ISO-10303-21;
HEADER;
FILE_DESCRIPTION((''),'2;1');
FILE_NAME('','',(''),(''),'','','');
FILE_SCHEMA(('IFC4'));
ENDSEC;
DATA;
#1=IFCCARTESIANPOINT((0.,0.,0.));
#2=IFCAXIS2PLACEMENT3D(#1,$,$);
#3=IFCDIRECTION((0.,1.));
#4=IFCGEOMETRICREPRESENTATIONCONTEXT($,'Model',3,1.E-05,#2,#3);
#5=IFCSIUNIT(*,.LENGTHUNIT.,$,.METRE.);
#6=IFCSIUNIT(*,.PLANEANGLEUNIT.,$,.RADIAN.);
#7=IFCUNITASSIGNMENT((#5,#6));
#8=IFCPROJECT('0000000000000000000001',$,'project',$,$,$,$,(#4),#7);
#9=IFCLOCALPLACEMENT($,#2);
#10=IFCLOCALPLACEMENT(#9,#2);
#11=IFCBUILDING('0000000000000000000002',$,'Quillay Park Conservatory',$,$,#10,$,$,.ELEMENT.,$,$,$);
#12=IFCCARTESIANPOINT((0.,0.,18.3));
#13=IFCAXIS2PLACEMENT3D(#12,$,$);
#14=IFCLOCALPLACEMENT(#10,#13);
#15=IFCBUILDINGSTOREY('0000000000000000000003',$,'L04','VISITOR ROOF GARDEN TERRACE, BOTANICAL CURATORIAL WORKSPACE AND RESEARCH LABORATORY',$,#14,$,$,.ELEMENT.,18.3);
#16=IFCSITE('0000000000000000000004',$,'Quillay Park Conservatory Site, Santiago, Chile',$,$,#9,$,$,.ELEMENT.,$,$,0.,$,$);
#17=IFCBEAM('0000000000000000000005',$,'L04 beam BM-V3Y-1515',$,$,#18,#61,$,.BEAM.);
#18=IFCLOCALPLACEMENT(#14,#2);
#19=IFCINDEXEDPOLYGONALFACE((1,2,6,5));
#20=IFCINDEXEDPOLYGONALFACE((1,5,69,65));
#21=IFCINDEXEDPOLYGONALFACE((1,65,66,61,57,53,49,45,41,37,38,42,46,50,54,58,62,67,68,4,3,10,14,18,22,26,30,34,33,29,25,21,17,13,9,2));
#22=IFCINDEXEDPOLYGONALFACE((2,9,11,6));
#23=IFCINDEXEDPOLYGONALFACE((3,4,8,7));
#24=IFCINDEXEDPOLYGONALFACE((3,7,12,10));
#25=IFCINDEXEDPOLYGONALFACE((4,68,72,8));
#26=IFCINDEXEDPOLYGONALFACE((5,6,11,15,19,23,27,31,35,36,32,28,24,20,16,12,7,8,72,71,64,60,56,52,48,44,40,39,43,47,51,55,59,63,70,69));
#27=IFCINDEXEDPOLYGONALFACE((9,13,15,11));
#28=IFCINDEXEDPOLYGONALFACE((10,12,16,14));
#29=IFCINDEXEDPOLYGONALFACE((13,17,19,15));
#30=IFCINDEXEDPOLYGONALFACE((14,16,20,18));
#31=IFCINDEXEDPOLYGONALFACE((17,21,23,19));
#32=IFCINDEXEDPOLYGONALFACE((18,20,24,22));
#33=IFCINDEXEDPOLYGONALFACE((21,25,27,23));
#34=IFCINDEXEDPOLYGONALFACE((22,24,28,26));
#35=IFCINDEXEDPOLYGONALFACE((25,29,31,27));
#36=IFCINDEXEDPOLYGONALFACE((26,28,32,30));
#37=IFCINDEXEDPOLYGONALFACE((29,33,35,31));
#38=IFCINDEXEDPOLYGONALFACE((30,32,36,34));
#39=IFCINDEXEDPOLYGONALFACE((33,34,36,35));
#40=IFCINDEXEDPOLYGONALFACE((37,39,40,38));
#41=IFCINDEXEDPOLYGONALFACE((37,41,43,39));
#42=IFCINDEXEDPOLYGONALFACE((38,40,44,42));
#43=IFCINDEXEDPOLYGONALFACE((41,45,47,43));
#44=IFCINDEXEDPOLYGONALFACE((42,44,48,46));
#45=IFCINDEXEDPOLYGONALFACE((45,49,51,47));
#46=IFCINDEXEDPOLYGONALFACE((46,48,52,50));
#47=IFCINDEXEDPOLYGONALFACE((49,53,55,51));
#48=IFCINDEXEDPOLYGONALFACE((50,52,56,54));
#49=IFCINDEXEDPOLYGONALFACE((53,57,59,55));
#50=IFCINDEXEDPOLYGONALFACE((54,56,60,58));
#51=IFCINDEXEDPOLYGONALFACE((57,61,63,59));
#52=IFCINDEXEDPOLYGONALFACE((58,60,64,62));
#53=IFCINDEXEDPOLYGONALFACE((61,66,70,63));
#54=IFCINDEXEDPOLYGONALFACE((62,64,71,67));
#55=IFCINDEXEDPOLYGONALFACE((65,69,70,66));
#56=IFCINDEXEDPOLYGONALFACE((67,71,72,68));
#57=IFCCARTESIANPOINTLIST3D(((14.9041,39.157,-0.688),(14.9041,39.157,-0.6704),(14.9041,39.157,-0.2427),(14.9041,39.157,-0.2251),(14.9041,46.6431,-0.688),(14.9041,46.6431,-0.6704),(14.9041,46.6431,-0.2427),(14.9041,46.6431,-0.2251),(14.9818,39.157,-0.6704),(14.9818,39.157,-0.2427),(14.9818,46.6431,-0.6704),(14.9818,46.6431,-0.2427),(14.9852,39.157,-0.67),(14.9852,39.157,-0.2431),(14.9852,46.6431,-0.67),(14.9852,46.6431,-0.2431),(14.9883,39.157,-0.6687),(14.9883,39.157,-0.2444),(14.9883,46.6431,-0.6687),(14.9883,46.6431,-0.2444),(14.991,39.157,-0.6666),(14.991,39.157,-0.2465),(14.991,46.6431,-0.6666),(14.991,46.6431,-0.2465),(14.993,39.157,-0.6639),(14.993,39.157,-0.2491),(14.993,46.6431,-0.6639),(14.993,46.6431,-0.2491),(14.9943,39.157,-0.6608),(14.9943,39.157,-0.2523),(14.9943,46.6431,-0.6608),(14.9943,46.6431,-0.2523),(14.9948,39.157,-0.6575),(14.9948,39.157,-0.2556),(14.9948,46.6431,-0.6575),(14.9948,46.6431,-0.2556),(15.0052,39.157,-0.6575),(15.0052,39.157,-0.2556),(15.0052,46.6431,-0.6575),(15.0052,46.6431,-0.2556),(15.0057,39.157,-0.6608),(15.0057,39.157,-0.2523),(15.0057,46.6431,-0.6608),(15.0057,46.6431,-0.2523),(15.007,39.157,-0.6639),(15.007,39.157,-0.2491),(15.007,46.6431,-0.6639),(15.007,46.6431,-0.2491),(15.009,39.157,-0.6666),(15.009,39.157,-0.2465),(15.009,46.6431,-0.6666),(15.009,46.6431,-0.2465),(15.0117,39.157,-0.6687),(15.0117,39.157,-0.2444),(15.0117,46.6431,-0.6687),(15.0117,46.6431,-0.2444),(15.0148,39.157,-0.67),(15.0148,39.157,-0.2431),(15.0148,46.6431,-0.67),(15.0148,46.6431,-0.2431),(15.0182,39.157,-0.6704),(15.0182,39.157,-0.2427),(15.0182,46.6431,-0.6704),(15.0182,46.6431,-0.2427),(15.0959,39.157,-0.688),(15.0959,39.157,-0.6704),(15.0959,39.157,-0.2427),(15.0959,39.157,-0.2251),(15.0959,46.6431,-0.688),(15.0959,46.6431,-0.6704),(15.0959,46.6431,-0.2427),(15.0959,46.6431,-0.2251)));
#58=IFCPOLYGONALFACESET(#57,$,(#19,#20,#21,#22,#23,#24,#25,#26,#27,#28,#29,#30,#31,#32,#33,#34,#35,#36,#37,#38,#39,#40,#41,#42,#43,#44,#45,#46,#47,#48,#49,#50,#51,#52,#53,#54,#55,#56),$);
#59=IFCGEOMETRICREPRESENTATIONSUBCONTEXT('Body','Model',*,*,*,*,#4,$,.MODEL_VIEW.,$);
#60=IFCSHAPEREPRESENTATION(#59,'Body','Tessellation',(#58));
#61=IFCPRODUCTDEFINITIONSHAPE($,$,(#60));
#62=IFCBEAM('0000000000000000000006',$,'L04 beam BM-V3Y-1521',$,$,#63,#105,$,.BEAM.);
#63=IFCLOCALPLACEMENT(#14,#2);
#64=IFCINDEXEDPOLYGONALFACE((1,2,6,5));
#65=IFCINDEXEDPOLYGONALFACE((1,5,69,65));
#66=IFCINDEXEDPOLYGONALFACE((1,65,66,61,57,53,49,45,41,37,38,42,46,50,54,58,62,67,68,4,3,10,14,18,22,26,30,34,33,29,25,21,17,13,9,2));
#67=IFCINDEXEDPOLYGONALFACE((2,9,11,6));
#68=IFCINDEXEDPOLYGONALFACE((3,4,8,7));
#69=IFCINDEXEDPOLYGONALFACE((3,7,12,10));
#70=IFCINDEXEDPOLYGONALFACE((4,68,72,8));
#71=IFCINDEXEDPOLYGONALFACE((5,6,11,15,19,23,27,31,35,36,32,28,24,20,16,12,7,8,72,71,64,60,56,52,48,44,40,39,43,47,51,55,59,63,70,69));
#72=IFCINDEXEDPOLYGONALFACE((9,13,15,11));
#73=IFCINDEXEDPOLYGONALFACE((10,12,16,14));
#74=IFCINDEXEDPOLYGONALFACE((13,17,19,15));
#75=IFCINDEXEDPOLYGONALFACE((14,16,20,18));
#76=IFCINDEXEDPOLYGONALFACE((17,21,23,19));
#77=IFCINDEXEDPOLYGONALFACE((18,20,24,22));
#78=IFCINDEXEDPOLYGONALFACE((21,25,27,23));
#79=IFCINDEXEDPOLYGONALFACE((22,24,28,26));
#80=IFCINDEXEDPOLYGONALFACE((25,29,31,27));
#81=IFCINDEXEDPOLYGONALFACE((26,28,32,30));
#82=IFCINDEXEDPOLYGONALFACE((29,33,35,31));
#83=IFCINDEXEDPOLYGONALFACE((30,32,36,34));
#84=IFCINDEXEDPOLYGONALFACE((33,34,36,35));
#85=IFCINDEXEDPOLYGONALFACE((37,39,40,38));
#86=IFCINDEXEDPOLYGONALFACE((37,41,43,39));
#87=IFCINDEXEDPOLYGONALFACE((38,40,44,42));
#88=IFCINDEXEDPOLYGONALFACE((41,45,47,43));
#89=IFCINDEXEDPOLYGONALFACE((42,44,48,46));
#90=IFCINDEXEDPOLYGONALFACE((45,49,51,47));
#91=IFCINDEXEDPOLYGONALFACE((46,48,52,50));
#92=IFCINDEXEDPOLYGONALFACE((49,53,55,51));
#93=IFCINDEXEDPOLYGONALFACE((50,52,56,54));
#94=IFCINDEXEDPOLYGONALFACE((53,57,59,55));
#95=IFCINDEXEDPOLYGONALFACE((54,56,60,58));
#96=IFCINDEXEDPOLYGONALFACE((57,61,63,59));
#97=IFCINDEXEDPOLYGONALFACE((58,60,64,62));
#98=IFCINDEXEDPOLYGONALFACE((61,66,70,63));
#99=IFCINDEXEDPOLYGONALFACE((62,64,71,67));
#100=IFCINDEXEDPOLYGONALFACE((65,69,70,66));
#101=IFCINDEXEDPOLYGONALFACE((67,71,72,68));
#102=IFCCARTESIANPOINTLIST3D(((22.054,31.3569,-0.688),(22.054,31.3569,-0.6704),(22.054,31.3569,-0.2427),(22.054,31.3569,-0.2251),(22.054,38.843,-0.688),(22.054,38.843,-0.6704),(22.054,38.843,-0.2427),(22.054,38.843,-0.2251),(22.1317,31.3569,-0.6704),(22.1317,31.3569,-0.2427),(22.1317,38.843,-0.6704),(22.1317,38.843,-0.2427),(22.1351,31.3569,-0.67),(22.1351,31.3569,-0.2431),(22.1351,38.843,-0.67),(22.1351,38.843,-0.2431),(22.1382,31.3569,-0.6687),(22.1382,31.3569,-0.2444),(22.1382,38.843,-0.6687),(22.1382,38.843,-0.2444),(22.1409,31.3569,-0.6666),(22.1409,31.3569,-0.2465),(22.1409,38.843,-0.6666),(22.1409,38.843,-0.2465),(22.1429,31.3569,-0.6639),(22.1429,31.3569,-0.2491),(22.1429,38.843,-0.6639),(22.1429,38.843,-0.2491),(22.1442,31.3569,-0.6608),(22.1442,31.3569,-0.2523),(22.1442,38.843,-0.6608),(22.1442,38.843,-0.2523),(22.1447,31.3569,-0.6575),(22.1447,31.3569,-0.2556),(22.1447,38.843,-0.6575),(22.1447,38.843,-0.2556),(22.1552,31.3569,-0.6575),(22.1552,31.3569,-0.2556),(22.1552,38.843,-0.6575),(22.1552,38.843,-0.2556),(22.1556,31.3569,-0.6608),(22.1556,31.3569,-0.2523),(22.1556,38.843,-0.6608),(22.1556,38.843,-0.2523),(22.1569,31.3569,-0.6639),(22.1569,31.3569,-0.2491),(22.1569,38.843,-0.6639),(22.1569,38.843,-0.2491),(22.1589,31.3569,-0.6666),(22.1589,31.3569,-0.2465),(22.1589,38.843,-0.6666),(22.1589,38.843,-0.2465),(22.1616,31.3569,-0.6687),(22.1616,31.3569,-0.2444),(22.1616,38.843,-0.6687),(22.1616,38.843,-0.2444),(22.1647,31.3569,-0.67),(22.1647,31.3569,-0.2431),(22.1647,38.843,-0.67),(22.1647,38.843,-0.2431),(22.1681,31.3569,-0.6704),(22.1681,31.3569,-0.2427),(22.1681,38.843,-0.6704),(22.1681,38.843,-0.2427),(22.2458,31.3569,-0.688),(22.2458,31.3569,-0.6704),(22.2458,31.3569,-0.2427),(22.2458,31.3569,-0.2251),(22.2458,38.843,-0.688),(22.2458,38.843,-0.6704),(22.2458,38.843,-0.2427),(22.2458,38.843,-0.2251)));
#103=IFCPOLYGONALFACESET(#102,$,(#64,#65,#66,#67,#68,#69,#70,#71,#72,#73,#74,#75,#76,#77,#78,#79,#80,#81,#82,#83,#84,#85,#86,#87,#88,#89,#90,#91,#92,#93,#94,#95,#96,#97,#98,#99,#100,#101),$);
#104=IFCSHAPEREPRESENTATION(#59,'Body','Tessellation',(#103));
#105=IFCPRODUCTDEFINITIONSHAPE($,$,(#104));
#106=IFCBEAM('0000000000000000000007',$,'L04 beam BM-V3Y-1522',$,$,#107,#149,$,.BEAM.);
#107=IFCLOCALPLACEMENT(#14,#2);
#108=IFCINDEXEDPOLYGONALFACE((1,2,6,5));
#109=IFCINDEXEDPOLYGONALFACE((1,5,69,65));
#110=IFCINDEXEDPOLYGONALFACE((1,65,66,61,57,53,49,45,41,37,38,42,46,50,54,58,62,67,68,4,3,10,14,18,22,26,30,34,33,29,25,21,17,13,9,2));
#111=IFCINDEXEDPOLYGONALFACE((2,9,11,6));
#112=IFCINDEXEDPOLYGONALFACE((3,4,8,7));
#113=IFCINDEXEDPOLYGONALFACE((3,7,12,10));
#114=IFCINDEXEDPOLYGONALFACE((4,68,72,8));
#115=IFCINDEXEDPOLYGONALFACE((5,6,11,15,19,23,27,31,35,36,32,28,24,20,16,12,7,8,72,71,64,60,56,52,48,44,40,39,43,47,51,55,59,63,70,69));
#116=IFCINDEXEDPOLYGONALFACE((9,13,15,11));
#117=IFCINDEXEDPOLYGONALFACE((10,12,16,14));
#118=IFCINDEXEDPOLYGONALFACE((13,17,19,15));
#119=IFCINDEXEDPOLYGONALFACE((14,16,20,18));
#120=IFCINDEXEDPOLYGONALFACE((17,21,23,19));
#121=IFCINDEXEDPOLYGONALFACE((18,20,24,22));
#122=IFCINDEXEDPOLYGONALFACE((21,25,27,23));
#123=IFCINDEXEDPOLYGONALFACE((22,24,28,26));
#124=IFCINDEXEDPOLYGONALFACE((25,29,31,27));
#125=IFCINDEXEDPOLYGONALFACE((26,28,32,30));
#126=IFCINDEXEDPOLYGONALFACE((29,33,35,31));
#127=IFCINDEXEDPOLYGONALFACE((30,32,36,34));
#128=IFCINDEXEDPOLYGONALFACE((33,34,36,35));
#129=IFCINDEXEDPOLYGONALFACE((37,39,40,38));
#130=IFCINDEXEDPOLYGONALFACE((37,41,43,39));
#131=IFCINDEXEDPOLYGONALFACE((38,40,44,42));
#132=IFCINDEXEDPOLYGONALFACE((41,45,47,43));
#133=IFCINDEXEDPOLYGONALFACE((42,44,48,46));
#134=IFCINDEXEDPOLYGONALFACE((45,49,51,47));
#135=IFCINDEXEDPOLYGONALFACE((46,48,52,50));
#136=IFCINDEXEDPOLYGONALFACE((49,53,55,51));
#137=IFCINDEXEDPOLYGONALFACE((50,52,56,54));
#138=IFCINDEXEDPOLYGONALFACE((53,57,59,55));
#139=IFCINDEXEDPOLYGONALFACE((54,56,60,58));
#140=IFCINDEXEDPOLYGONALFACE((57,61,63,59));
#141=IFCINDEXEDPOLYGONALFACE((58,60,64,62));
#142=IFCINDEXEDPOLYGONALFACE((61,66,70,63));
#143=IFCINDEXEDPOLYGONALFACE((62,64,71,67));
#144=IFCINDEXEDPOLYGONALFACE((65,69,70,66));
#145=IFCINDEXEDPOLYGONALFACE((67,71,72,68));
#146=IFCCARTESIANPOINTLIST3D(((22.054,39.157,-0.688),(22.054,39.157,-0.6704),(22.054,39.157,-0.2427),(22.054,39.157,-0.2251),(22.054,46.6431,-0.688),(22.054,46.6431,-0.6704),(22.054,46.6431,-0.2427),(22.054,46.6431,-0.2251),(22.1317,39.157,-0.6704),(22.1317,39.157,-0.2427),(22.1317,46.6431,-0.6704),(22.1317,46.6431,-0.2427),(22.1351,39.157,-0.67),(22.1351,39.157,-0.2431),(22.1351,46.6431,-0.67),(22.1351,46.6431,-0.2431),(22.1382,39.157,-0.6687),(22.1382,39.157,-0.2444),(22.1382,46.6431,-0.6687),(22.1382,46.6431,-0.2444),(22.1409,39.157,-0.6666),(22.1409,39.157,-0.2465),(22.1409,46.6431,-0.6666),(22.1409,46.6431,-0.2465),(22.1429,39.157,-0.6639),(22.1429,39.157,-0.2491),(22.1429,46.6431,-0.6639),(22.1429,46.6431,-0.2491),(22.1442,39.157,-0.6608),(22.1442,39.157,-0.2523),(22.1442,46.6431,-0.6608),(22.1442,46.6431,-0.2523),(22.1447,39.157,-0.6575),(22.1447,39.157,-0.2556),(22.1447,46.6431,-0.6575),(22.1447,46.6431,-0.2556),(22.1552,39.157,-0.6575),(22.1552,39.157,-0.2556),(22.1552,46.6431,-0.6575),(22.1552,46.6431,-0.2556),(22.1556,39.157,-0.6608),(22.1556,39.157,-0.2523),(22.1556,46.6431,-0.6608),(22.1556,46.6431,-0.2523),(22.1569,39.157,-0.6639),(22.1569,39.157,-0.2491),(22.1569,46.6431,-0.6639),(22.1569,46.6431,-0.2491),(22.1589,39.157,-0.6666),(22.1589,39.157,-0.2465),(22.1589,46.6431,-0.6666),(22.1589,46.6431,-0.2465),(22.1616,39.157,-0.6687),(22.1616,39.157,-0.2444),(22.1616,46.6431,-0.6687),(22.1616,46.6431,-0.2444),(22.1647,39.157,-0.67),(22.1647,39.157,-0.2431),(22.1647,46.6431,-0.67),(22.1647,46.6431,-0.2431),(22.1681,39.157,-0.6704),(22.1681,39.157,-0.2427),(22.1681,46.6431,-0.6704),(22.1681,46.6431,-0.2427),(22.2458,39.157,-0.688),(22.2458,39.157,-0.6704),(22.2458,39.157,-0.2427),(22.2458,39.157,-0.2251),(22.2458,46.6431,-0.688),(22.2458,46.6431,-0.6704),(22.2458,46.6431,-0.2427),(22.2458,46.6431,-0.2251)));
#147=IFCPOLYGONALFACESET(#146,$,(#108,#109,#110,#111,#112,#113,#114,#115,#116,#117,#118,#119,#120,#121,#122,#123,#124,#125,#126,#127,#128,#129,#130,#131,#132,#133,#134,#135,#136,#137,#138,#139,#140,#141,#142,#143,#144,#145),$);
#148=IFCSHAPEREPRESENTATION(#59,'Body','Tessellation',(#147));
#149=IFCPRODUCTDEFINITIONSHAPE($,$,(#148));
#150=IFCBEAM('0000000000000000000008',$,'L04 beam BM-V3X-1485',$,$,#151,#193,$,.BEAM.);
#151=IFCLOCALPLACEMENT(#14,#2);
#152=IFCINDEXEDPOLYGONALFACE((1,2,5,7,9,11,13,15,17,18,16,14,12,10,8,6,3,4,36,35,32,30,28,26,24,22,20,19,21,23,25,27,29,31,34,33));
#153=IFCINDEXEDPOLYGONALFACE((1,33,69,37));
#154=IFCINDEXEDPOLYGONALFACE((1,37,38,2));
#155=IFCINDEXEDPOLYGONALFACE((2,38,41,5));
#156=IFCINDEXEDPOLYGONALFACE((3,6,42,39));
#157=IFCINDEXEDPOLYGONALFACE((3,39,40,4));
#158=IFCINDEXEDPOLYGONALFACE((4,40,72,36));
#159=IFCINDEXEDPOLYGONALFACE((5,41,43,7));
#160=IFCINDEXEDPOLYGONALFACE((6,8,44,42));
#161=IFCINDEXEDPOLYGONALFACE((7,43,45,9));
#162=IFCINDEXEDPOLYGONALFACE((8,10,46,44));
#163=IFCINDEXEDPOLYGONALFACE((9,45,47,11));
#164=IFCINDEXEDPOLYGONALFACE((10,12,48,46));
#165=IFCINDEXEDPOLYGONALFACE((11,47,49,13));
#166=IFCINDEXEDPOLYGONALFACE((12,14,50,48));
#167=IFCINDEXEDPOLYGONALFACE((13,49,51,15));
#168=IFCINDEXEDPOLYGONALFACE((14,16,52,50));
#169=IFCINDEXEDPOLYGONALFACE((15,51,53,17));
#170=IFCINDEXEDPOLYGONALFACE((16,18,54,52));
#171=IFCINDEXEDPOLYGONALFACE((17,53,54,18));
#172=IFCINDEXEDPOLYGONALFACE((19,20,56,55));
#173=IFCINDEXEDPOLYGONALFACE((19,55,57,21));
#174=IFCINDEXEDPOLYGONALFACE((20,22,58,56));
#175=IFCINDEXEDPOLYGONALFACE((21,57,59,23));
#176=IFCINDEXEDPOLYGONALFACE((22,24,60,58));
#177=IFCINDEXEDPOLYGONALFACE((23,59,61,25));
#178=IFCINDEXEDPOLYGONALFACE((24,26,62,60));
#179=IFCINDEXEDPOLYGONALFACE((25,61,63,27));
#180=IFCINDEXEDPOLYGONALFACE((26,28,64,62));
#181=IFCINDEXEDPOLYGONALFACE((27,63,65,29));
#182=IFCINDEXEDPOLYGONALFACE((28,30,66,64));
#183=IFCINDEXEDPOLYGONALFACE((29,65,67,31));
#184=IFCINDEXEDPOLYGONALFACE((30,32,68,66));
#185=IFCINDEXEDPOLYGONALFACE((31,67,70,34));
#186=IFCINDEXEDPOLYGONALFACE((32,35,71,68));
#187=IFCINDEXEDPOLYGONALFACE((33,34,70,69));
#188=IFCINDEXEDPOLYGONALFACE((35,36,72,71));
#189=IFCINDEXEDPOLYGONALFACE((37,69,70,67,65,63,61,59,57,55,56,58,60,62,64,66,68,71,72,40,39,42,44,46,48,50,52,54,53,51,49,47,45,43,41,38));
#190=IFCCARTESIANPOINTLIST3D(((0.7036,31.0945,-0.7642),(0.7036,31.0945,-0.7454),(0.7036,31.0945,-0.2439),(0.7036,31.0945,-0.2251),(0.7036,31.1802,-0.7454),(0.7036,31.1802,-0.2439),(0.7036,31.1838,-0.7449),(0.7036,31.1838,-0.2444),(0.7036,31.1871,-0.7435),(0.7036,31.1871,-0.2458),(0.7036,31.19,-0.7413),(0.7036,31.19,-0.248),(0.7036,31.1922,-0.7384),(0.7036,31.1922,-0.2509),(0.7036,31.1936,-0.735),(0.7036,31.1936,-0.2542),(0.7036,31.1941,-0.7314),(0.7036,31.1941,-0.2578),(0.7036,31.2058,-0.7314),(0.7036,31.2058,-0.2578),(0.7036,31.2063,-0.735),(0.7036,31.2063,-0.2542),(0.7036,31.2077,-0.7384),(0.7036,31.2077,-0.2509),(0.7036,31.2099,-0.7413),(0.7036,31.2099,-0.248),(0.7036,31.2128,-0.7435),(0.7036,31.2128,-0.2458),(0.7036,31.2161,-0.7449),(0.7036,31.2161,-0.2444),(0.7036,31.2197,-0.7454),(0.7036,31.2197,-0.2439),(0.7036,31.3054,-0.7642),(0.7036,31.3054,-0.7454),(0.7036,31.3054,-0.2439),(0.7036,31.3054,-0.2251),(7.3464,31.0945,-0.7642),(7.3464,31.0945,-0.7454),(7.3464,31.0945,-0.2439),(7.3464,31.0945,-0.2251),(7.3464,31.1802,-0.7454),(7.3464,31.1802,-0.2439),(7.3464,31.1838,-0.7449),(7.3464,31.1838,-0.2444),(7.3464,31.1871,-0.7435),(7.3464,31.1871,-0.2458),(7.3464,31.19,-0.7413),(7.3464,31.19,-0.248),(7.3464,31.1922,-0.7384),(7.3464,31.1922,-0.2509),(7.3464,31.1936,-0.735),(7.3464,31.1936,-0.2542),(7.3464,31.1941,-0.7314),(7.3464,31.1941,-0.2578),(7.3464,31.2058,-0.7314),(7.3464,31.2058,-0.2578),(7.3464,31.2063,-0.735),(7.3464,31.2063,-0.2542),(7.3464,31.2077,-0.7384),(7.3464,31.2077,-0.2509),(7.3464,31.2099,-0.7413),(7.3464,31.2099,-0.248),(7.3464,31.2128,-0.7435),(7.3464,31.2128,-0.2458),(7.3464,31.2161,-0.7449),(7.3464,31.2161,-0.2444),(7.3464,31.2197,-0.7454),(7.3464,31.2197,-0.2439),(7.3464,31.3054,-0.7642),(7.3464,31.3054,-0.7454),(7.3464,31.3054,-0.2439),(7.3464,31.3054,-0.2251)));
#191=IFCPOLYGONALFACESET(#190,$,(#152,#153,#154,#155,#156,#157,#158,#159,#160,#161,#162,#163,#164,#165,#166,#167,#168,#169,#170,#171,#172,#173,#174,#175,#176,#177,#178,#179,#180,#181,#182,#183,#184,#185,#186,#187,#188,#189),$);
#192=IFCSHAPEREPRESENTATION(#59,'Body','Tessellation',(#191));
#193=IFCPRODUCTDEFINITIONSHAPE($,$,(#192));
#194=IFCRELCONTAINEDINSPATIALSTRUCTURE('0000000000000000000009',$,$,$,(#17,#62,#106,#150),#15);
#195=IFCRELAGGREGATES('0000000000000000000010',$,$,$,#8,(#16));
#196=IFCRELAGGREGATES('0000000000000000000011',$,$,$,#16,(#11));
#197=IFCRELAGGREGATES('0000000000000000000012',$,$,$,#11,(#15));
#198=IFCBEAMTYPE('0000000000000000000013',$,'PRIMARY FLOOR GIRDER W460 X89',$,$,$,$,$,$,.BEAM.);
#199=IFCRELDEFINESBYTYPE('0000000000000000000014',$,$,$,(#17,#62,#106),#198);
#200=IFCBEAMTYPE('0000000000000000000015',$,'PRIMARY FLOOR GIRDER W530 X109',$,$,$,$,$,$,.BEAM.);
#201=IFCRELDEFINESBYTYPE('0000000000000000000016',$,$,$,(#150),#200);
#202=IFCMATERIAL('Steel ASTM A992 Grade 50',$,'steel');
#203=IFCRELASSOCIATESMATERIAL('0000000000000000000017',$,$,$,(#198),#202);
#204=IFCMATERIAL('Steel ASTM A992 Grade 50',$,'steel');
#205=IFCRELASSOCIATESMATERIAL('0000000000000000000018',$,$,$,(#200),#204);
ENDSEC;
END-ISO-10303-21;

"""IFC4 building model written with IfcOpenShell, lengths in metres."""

from ifc_helpers import new_model, si_unit, direction, frame, origin, origin_2d, place, context, subcontext, project, spatial, i_section, extrude, material, material_profile, profile_set, type_object, element, save


model = new_model("IFC4")

# Units and contexts
model_context = context("Model", 3, precision=1e-05, world=origin(), true_north=direction((0.0, 1.0)))
body_context = subcontext(model_context, "Body", "Model", "MODEL_VIEW")
ifc_project = project(units=[si_unit("LENGTHUNIT", "METRE"), si_unit("PLANEANGLEUNIT", "RADIAN")], contexts=[model_context])

# Site, building, storey
site_placement = place(None, origin())
site = spatial("IfcSite", under=ifc_project, at=site_placement, Name="Quillay Park Conservatory Site, Santiago, Chile", CompositionType="ELEMENT", RefElevation=0.0)
building_placement = place(site_placement, origin())
building = spatial("IfcBuilding", under=site, at=building_placement, Name="Quillay Park Conservatory", CompositionType="ELEMENT")
storey_placement = place(building_placement, frame((0.0, 0.0, 18.3)))
storey = spatial("IfcBuildingStorey", under=building, at=storey_placement, Name="L04", Description="VISITOR ROOF GARDEN TERRACE, BOTANICAL CURATORIAL WORKSPACE AND RESEARCH LABORATORY", CompositionType="ELEMENT", Elevation=18.3)

# Beams
ifc_material_1 = material(Name="Steel ASTM A992 Grade 50", Category="steel")
ifc_material_profile_1 = material_profile(ifc_material_1, i_section(OverallWidth=0.1919, OverallDepth=0.4629, WebThickness=0.0105, FlangeThickness=0.0176, FilletRadius=0.0129, at=origin_2d()), Name="W460x89")
ifc_profile_set_1 = profile_set([ifc_material_profile_1], Name="Steel ASTM A992 Grade 50")
beam_type_1 = type_object("IfcBeamType", Name="PRIMARY FLOOR GIRDER W460 X89", PredefinedType="BEAM", material=ifc_profile_set_1)
for number, where, z_axis, x_axis, name in (
    (1, (15.0, 39.157, -0.4565), (0.0, 1.0, 0.0), (-1.0, 0.0, 0.0), "L04 beam BM-V3Y-1515"),
    (2, (22.1499, 31.3569, -0.4565), (0.0, 1.0, 0.0), (-1.0, 0.0, 0.0), "L04 beam BM-V3Y-1521"),
    (3, (22.1499, 39.157, -0.4565), (0.0, 1.0, 0.0), (-1.0, 0.0, 0.0), "L04 beam BM-V3Y-1522"),
):
    element("IfcBeam", number, at=place(storey_placement, frame(where, z_axis=z_axis, x_axis=x_axis)), inside=storey, type_object=beam_type_1, Name=name, PredefinedType="BEAM", context=body_context, shape_type="SweptSolid", body=[
        extrude(i_section(OverallWidth=0.1919, OverallDepth=0.4629, WebThickness=0.0105, FlangeThickness=0.0176, FilletRadius=0.0129, at=origin_2d()), origin(), (0.0, 0.0, 1.0), 7.4861),
    ])
ifc_material_2 = material(Name="Steel ASTM A992 Grade 50", Category="steel")
ifc_material_profile_2 = material_profile(ifc_material_2, i_section(OverallWidth=0.2109, OverallDepth=0.5391, WebThickness=0.0117, FlangeThickness=0.0188, FilletRadius=0.0139, at=origin_2d()), Name="W530x109")
ifc_profile_set_2 = profile_set([ifc_material_profile_2], Name="Steel ASTM A992 Grade 50")
beam_type_2 = type_object("IfcBeamType", Name="PRIMARY FLOOR GIRDER W530 X109", PredefinedType="BEAM", material=ifc_profile_set_2)
beam_1_placement = place(storey_placement, frame((0.7036, 31.2, -0.4946), z_axis=(1.0, 0.0, 0.0), x_axis=(0.0, 1.0, 0.0)))
element("IfcBeam", 4, at=beam_1_placement, inside=storey, type_object=beam_type_2, Name="L04 beam BM-V3X-1485", PredefinedType="BEAM", context=body_context, shape_type="SweptSolid", body=[
    extrude(i_section(OverallWidth=0.2109, OverallDepth=0.5391, WebThickness=0.0117, FlangeThickness=0.0188, FilletRadius=0.0139, at=origin_2d()), origin(), (0.0, 0.0, 1.0), 6.6428),
])

save(model, "model.ifc")
